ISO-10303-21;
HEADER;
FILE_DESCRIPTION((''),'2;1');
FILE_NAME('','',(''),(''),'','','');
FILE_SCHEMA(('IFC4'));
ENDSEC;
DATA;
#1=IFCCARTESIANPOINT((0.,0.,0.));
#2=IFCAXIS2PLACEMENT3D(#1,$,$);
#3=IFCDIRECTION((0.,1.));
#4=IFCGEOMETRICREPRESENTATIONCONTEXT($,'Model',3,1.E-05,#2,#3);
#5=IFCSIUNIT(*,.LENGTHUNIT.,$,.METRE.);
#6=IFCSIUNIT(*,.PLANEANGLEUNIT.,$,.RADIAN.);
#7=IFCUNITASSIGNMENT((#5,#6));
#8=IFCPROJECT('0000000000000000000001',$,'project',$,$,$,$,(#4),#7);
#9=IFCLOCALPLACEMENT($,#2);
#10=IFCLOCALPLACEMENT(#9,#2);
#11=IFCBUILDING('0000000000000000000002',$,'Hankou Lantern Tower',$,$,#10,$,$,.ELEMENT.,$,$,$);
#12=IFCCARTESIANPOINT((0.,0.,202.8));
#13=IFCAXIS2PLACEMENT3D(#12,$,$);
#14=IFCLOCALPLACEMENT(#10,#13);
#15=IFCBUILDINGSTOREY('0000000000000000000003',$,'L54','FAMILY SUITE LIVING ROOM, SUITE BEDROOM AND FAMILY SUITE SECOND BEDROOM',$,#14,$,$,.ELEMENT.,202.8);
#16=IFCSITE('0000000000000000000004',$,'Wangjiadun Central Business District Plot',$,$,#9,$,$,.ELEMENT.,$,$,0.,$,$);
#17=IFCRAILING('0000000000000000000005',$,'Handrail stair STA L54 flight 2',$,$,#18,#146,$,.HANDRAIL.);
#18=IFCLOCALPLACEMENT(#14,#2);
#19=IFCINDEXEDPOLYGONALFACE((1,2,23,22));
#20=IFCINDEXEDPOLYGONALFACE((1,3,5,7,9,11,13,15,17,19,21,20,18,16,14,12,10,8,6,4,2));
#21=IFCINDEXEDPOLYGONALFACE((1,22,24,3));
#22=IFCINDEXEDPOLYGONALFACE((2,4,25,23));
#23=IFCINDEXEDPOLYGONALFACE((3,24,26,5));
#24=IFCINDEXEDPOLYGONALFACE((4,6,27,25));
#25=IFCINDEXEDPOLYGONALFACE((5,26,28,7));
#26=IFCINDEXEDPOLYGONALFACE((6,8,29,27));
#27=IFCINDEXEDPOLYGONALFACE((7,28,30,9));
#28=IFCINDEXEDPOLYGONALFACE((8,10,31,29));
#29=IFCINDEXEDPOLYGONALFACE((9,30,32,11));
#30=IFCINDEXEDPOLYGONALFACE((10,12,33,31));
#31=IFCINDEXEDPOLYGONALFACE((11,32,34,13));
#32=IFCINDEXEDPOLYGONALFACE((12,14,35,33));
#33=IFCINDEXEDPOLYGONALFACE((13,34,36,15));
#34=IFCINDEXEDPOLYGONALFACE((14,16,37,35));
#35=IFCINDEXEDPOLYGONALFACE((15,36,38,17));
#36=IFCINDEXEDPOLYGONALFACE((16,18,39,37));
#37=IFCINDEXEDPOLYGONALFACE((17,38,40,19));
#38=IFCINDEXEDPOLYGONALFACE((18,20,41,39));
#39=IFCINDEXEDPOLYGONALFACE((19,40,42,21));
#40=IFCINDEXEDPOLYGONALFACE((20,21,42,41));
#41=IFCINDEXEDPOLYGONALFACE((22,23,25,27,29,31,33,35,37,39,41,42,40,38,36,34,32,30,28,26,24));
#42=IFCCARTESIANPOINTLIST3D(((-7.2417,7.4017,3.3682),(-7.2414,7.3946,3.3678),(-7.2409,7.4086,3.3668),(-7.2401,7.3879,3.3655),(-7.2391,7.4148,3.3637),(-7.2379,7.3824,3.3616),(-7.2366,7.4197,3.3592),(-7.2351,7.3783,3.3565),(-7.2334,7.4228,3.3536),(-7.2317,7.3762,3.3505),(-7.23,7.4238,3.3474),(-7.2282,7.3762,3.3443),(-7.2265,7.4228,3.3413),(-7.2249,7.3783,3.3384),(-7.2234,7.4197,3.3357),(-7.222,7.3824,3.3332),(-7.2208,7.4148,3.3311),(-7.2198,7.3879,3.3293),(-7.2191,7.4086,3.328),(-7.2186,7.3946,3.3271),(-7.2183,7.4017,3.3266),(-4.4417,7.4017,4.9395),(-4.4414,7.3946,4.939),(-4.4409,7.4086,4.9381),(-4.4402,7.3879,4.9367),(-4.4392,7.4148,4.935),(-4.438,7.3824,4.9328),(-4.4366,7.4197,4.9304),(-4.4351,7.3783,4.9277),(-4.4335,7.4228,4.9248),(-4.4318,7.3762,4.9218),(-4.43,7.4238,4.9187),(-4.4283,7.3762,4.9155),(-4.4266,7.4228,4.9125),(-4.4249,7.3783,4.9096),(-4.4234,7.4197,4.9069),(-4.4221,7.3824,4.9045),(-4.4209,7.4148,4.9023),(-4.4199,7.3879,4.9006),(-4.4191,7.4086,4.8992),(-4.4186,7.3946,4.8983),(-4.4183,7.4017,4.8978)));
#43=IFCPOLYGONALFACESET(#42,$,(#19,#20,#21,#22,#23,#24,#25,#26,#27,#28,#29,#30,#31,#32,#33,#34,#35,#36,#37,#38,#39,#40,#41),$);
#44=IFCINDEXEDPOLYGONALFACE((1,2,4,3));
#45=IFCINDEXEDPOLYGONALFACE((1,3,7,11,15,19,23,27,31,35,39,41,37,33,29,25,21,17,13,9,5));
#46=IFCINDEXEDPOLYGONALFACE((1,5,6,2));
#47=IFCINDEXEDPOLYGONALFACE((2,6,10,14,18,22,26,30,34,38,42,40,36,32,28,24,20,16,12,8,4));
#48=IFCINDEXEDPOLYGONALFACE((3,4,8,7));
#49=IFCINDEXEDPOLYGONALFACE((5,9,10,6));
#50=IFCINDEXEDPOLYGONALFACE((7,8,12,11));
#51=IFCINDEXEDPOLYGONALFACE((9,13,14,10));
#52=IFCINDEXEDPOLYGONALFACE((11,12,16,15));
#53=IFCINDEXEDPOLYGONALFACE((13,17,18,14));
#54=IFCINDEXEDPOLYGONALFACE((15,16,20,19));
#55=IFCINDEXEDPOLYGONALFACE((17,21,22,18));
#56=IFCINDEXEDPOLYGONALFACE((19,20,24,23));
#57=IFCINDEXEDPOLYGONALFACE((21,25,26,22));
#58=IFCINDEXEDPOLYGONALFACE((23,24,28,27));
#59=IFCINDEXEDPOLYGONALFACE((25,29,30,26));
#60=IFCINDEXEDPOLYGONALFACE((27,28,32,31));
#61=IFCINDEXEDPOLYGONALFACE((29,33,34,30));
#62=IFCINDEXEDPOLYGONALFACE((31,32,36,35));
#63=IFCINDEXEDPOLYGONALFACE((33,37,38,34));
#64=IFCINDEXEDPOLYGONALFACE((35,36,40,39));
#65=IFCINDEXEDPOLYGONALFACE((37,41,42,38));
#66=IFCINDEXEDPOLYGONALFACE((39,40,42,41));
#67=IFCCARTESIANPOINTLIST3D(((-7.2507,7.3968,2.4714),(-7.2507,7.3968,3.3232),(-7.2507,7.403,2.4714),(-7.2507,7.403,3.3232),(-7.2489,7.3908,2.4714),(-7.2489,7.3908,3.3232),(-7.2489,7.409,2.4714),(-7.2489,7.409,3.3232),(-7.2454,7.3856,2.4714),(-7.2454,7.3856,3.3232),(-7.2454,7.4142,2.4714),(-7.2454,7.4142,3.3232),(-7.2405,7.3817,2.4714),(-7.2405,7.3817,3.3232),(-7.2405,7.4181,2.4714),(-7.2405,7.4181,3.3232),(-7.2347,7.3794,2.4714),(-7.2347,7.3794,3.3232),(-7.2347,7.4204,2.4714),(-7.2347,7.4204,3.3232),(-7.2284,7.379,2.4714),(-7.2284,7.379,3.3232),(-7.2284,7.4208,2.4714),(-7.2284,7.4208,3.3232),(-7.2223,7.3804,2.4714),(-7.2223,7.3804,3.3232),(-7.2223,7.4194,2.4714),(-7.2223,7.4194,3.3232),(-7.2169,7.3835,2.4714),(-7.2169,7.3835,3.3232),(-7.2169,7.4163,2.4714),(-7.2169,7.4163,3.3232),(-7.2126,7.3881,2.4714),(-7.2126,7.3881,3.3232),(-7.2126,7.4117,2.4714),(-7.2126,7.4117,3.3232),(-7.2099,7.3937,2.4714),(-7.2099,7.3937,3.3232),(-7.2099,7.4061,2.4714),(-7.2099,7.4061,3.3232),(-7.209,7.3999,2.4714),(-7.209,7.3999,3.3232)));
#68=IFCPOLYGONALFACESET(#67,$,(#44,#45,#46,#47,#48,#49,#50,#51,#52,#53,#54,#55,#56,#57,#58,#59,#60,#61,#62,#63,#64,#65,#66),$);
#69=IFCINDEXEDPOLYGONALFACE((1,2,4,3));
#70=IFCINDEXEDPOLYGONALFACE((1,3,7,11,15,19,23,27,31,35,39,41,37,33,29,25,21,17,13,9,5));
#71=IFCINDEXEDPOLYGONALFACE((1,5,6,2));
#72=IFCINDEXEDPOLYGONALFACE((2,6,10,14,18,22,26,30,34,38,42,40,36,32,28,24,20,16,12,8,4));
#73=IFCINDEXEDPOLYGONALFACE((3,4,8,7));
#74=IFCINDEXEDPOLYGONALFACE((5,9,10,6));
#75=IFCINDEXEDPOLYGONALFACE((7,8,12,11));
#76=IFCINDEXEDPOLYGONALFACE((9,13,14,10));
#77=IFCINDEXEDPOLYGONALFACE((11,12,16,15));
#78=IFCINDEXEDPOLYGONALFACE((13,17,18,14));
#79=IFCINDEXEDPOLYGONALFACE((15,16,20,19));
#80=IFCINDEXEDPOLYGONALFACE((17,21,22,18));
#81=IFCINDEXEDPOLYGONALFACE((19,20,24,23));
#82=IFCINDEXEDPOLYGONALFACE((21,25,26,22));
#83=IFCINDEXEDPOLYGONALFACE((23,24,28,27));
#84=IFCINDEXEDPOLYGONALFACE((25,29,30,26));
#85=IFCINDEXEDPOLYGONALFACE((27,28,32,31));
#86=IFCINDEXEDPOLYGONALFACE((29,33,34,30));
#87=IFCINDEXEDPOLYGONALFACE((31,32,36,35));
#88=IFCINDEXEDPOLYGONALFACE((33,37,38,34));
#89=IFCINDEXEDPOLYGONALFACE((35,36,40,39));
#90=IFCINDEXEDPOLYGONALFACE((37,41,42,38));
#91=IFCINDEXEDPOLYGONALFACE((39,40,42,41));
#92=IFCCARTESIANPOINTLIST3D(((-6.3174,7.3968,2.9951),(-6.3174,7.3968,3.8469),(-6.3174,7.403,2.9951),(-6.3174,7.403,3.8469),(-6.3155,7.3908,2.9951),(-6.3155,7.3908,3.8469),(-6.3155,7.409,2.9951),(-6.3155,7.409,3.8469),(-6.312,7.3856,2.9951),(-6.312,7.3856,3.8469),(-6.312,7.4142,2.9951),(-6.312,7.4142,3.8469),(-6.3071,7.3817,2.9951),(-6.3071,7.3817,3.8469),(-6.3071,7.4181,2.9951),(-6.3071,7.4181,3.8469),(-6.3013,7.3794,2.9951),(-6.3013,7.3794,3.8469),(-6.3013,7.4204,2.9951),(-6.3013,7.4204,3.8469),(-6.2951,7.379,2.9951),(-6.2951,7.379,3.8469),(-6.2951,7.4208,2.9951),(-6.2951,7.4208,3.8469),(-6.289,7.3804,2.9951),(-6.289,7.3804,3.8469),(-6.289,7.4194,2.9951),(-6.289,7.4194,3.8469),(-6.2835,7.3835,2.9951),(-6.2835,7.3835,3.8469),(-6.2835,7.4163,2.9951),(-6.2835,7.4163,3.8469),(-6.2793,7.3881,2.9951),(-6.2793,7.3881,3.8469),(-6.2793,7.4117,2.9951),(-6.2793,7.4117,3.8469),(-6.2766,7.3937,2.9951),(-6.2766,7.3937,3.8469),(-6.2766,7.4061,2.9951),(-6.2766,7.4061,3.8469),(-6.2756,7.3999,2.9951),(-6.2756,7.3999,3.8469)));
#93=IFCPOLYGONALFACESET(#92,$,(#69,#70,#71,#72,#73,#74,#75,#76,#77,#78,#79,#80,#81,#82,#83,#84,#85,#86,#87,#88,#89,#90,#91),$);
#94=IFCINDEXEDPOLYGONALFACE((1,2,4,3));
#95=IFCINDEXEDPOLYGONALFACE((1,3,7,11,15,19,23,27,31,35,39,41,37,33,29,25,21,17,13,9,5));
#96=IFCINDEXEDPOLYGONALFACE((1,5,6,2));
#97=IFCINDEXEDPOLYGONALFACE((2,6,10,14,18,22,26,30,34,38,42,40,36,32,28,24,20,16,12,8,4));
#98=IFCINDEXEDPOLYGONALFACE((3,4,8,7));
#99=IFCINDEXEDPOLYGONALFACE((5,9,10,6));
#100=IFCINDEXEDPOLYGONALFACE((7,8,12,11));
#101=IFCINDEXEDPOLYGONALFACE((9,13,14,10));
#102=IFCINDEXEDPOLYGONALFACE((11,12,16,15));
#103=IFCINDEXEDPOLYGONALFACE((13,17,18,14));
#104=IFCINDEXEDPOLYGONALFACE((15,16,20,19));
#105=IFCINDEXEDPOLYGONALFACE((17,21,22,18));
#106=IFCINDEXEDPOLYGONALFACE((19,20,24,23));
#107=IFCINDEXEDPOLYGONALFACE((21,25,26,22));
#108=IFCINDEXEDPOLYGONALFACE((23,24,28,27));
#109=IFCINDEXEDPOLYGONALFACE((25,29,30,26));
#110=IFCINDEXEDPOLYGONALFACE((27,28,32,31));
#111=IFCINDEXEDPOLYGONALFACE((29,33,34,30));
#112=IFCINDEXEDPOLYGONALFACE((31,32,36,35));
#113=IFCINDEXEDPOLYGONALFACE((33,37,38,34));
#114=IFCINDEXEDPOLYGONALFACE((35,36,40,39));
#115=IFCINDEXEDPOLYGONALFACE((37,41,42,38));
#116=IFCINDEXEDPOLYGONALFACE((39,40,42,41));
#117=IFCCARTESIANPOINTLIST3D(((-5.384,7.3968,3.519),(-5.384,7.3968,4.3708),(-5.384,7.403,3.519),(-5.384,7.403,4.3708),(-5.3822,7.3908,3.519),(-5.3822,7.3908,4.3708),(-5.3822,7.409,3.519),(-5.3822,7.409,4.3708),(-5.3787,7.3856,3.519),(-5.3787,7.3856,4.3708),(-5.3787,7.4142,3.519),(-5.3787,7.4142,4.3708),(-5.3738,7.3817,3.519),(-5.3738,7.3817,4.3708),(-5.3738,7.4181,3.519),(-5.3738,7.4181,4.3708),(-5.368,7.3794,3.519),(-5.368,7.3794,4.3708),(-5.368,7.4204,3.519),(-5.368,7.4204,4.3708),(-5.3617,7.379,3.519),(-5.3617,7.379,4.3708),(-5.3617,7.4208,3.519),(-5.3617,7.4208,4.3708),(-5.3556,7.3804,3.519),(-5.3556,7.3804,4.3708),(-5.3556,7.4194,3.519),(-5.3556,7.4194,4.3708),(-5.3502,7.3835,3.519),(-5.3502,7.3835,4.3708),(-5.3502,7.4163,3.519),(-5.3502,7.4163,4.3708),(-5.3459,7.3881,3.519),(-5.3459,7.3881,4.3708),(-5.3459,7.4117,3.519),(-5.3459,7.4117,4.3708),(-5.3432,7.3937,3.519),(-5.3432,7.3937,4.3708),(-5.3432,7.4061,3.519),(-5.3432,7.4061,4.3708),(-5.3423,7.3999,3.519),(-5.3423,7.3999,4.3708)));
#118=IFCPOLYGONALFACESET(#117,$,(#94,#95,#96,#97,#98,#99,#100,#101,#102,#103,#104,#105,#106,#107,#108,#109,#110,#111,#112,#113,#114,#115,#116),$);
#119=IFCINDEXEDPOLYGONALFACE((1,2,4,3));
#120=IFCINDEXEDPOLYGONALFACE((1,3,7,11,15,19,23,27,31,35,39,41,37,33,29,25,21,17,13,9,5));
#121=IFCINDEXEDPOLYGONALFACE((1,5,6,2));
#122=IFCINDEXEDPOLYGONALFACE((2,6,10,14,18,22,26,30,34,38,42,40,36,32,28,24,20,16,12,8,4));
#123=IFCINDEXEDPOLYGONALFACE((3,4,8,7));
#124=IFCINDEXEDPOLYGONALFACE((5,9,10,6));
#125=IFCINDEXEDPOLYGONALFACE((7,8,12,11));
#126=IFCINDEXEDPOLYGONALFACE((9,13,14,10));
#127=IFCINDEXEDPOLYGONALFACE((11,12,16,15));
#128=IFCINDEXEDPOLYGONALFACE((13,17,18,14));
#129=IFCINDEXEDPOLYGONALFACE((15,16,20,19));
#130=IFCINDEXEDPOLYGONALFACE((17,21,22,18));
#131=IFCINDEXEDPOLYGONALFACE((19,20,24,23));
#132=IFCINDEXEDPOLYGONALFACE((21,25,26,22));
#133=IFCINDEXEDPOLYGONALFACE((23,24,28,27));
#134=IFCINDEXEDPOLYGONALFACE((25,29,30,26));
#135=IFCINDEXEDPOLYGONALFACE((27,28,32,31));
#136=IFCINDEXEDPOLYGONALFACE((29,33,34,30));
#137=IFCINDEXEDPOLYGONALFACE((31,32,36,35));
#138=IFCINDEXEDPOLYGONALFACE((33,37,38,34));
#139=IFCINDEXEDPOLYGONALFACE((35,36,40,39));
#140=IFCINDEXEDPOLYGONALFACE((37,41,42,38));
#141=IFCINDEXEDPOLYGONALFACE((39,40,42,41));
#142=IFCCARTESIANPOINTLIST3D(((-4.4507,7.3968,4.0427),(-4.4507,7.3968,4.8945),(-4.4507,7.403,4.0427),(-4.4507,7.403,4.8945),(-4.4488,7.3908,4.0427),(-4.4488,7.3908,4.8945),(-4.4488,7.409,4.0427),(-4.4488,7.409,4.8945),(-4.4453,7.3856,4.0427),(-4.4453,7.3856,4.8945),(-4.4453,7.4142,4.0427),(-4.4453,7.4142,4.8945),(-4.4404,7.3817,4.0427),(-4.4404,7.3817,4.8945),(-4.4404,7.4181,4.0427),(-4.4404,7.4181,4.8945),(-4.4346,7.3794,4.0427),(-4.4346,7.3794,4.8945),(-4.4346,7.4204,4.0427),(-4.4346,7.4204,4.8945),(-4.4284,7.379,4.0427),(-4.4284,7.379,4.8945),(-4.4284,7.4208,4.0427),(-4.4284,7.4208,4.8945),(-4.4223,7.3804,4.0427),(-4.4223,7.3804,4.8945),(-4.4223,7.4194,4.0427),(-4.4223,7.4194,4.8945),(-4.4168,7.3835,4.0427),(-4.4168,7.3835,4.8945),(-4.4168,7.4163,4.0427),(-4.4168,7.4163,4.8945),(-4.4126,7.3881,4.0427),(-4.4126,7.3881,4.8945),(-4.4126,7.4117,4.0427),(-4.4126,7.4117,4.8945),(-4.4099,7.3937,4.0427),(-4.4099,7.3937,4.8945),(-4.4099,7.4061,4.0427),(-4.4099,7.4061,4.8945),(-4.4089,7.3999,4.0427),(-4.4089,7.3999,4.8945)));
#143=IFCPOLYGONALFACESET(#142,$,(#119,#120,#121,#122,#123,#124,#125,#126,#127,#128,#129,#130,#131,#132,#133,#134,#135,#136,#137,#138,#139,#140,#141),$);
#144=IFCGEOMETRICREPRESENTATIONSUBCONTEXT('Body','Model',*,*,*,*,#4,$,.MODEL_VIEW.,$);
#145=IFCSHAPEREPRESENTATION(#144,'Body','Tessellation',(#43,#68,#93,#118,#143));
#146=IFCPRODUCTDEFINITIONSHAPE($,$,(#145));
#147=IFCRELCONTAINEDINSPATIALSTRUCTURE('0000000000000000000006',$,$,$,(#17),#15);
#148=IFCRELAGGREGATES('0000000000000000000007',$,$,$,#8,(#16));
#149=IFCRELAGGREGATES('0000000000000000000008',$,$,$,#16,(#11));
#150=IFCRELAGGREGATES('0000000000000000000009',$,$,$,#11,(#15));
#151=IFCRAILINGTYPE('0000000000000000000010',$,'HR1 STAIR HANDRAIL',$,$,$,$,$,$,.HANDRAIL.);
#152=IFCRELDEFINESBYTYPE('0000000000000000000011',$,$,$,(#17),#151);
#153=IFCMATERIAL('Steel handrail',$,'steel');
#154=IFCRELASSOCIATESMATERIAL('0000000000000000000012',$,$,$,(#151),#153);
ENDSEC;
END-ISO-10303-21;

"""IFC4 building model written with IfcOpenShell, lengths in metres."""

from ifc_helpers import new_model, si_unit, direction, frame, origin, origin_2d, place, context, subcontext, project, spatial, circle, extrude, material, type_object, element, save


model = new_model("IFC4")

# Units and contexts
model_context = context("Model", 3, precision=1e-05, world=origin(), true_north=direction((0.0, 1.0)))
body_context = subcontext(model_context, "Body", "Model", "MODEL_VIEW")
ifc_project = project(units=[si_unit("LENGTHUNIT", "METRE"), si_unit("PLANEANGLEUNIT", "RADIAN")], contexts=[model_context])

# Site, building, storey
site_placement = place(None, origin())
site = spatial("IfcSite", under=ifc_project, at=site_placement, Name="Wangjiadun Central Business District Plot", CompositionType="ELEMENT", RefElevation=0.0)
building_placement = place(site_placement, origin())
building = spatial("IfcBuilding", under=site, at=building_placement, Name="Hankou Lantern Tower", CompositionType="ELEMENT")
storey_placement = place(building_placement, frame((0.0, 0.0, 202.8)))
storey = spatial("IfcBuildingStorey", under=building, at=storey_placement, Name="L54", Description="FAMILY SUITE LIVING ROOM, SUITE BEDROOM AND FAMILY SUITE SECOND BEDROOM", CompositionType="ELEMENT", Elevation=202.8)

# Railing
ifc_material_1 = material(Name="Steel handrail", Category="steel")
railing_type = type_object("IfcRailingType", Name="HR1 STAIR HANDRAIL", PredefinedType="HANDRAIL", material=ifc_material_1)
railing_1_placement = place(storey_placement, frame((-7.23, 7.3999, 2.4714)))
element("IfcRailing", 1, at=railing_1_placement, inside=storey, type_object=railing_type, Name="Handrail stair STA L54 flight 2", PredefinedType="HANDRAIL", context=body_context, shape_type="SweptSolid", body=[
    extrude(circle(Radius=0.0239, at=origin_2d()), frame((0.0, 0.0, 0.876), z_axis=(0.872073, 0.0, 0.489377), x_axis=(0.0, 1.0, 0.0)), (0.0, 0.0, 1.0), 3.2107),
    extrude(circle(Radius=0.021, at=origin_2d()), origin(), (0.0, 0.0, 1.0), 0.8518),
    extrude(circle(Radius=0.021, at=origin_2d()), frame((0.9333, 0.0, 0.5237)), (0.0, 0.0, 1.0), 0.8518),
    extrude(circle(Radius=0.021, at=origin_2d()), frame((1.8667, 0.0, 1.0476)), (0.0, 0.0, 1.0), 0.8518),
    extrude(circle(Radius=0.021, at=origin_2d()), frame((2.8, 0.0, 1.5713)), (0.0, 0.0, 1.0), 0.8518),
])

save(model, "model.ifc")
